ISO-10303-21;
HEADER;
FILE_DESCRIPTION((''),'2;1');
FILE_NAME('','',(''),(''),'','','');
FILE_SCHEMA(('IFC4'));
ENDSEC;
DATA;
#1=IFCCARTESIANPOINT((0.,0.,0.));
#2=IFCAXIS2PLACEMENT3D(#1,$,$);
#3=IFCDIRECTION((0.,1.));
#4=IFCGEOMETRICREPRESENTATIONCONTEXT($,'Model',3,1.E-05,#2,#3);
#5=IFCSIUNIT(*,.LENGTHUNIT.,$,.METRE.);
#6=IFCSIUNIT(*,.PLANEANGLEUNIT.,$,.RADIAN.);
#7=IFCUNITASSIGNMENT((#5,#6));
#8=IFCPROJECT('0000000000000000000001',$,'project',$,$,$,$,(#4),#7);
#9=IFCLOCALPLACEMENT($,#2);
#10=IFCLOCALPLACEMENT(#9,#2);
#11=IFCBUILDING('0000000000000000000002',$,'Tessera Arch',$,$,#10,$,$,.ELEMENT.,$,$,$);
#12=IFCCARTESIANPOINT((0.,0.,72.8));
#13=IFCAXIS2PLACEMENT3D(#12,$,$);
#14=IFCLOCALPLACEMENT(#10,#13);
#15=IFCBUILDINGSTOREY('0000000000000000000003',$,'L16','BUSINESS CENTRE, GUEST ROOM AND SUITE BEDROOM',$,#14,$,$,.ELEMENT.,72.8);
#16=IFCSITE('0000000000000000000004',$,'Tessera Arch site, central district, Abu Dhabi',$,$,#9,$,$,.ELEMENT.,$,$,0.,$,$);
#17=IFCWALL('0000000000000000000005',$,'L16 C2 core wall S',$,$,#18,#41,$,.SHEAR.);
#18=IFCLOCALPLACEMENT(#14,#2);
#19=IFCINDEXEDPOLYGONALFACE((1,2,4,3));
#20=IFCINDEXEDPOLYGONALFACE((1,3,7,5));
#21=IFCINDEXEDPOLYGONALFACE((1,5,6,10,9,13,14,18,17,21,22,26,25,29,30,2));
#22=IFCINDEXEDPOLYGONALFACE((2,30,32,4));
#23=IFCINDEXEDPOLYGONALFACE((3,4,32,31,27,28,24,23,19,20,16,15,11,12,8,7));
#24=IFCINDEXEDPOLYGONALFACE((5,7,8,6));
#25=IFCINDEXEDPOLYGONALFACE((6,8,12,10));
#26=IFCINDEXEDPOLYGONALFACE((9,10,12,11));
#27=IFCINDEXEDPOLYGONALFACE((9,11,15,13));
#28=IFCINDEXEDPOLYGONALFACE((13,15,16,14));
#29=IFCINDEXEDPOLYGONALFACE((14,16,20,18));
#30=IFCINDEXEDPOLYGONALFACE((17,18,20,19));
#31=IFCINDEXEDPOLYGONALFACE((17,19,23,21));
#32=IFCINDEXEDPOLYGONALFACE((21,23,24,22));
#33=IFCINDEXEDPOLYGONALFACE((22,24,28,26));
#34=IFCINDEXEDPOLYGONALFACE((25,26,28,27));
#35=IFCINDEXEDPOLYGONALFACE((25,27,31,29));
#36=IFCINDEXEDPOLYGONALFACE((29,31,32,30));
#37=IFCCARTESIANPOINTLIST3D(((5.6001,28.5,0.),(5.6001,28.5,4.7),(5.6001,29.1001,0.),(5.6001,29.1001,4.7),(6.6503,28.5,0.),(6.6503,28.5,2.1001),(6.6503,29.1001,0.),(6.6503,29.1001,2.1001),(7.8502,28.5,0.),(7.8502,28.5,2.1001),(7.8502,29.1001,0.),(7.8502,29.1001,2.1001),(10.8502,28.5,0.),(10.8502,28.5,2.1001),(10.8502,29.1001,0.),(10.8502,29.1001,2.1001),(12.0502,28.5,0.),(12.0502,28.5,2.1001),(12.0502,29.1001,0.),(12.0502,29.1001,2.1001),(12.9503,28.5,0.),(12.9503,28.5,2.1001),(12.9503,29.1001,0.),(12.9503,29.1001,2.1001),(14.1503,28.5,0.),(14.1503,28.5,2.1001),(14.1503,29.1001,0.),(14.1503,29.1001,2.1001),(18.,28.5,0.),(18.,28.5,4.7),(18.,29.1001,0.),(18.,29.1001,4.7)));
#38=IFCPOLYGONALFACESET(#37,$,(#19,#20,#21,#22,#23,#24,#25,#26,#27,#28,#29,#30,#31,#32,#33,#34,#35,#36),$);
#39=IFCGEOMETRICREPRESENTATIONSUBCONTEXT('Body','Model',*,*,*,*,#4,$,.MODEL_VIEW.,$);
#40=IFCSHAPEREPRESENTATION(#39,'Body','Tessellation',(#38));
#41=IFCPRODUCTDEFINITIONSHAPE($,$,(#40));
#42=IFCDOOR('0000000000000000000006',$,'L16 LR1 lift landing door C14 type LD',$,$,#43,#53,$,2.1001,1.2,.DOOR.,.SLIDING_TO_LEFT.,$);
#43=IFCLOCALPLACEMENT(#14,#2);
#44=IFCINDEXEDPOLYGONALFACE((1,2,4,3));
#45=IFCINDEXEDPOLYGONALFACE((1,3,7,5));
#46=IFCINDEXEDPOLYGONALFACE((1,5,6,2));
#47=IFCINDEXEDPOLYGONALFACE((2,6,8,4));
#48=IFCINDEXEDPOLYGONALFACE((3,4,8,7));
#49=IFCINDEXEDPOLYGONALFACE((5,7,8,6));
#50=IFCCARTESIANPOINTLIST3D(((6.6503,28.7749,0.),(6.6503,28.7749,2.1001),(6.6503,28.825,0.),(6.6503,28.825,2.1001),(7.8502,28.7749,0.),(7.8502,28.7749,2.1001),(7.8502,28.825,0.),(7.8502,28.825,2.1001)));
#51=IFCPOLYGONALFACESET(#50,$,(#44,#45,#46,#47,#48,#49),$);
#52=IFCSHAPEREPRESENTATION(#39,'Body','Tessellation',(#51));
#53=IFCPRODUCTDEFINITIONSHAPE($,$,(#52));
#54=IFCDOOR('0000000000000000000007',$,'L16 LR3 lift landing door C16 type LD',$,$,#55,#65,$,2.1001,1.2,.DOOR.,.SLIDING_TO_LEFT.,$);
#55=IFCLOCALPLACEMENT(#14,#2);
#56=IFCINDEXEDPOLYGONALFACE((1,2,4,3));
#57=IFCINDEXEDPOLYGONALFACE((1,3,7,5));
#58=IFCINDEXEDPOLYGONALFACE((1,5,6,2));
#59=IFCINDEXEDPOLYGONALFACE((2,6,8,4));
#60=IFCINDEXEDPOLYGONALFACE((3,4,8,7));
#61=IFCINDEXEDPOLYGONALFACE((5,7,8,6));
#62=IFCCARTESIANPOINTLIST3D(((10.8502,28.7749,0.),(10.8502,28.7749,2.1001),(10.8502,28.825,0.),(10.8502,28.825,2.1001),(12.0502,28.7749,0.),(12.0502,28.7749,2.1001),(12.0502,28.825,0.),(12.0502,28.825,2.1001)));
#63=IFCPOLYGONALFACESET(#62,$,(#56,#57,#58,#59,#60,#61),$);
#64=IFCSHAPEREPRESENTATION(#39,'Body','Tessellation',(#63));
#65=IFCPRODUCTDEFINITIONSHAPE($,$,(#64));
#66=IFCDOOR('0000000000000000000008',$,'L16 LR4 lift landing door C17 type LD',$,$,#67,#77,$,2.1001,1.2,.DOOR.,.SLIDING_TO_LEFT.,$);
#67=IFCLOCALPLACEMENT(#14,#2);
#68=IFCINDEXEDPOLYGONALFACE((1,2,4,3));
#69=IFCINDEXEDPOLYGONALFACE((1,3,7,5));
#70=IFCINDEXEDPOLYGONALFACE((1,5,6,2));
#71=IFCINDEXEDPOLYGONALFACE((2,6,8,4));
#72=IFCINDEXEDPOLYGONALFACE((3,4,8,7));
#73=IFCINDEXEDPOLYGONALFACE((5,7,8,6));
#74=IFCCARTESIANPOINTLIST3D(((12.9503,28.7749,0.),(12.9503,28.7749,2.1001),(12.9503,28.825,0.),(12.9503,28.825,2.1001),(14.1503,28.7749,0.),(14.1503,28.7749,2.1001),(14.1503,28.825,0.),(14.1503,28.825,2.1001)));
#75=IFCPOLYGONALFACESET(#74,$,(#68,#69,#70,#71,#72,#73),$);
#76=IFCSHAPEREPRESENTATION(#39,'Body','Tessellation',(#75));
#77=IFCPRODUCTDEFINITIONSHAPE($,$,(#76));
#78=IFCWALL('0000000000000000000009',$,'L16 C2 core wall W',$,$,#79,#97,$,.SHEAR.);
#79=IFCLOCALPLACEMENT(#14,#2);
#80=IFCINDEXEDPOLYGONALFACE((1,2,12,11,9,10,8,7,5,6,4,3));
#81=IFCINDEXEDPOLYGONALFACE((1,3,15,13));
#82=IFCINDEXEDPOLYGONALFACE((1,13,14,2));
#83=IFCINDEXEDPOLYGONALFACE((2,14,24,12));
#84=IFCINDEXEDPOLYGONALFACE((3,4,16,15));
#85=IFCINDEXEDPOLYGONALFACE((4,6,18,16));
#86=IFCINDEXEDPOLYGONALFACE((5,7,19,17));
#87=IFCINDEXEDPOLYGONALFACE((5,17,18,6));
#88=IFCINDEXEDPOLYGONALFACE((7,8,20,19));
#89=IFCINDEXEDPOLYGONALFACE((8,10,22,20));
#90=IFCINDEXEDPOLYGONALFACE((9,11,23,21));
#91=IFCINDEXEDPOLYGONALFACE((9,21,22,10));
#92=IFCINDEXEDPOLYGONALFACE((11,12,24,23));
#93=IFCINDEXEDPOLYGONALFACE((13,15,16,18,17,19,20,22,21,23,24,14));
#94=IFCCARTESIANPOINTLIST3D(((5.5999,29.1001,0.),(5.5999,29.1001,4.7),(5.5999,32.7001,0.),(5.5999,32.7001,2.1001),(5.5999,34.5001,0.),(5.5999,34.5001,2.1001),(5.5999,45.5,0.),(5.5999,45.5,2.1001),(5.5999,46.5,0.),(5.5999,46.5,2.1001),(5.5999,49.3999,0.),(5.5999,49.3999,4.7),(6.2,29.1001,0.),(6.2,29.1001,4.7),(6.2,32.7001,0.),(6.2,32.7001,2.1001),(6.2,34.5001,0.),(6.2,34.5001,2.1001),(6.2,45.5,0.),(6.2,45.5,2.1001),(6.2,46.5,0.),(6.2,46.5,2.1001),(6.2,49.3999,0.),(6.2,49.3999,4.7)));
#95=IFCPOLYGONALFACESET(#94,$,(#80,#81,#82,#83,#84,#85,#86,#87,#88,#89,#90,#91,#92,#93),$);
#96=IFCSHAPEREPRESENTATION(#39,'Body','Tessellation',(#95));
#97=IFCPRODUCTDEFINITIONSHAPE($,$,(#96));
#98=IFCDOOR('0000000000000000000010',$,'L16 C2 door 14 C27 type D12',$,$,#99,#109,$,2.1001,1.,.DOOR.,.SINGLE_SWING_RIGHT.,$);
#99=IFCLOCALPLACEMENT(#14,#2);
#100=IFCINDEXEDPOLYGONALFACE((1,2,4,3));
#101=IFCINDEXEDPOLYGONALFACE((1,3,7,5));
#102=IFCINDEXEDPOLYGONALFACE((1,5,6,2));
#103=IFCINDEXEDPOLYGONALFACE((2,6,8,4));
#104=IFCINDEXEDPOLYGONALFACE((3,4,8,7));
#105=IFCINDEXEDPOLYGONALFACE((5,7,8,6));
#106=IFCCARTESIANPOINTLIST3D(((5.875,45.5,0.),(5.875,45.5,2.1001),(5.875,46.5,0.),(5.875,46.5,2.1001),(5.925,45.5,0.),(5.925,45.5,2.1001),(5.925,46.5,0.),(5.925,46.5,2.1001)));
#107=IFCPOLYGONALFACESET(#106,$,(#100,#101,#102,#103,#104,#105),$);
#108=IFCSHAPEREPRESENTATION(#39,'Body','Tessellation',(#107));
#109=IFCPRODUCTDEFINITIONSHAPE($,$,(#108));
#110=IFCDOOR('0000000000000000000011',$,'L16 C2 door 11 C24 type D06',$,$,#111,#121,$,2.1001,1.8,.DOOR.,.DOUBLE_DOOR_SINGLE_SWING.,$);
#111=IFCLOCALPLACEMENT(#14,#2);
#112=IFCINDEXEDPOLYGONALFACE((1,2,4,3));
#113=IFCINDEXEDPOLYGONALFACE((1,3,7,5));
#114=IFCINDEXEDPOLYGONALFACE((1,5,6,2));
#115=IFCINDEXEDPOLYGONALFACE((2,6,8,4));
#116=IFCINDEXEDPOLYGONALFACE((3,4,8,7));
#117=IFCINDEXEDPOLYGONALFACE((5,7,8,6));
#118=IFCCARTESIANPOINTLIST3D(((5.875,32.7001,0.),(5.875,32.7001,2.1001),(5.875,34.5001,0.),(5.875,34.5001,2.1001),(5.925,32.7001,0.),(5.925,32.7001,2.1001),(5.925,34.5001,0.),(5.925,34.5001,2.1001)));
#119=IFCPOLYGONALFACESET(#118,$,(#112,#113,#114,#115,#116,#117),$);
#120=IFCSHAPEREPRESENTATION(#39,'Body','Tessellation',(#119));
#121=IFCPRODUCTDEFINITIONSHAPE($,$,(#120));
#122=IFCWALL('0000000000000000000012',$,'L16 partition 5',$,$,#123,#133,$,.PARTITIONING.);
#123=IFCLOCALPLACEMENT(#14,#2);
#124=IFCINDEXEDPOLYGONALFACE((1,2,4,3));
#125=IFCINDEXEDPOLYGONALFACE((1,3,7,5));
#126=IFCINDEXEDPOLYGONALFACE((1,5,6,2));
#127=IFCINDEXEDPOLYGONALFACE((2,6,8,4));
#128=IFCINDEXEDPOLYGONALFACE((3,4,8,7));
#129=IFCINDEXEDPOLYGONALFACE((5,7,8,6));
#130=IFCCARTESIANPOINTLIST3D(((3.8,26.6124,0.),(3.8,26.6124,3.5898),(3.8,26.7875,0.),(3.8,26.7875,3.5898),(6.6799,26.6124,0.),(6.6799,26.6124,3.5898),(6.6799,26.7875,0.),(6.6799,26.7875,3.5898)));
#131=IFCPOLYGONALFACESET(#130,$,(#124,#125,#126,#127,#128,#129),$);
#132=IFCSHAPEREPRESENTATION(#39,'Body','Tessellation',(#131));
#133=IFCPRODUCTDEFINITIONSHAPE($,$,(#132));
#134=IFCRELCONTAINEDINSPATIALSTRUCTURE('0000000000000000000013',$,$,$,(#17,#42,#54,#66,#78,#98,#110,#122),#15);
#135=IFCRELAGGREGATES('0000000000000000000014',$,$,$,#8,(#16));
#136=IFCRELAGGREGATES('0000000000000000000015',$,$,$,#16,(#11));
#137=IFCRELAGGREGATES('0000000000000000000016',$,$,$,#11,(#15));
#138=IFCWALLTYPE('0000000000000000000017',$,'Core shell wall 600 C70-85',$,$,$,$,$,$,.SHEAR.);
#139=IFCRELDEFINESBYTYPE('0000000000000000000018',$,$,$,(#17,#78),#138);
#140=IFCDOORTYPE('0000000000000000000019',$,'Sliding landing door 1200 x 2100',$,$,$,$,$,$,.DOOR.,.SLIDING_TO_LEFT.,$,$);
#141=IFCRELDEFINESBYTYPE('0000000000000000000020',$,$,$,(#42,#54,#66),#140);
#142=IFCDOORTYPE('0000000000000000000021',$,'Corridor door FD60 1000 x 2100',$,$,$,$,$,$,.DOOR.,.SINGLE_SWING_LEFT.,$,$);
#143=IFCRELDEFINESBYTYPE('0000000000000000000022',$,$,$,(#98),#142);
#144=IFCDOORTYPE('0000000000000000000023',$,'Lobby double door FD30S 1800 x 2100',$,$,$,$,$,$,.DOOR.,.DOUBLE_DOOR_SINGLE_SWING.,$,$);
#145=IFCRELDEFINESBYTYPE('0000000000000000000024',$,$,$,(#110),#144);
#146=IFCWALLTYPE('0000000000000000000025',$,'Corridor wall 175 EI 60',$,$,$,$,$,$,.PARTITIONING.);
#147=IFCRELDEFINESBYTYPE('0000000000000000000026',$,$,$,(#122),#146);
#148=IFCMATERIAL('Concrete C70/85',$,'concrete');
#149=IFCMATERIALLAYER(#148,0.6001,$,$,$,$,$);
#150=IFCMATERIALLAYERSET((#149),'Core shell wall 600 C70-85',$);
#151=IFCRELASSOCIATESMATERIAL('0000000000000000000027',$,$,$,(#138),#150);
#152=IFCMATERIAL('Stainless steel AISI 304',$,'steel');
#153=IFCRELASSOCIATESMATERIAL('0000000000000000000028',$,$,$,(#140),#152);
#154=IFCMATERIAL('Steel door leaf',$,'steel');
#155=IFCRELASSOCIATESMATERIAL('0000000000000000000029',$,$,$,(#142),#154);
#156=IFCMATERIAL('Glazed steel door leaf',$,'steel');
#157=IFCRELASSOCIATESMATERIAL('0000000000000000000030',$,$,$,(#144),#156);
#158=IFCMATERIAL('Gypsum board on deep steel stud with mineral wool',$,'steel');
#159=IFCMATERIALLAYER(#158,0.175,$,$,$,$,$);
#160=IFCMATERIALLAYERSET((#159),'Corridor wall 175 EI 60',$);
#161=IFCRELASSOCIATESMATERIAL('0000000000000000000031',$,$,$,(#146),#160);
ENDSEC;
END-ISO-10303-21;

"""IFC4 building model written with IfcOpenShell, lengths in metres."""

from ifc_helpers import new_model, si_unit, direction, frame, frame_2d, origin, place, context, subcontext, project, spatial, rectangle, extrude, material, layer, layer_set, type_object, element, fill, save


model = new_model("IFC4")

# Units and contexts
model_context = context("Model", 3, precision=1e-05, world=origin(), true_north=direction((0.0, 1.0)))
body_context = subcontext(model_context, "Body", "Model", "MODEL_VIEW")
ifc_project = project(units=[si_unit("LENGTHUNIT", "METRE"), si_unit("PLANEANGLEUNIT", "RADIAN")], contexts=[model_context])

# Site, building, storey
site_placement = place(None, origin())
site = spatial("IfcSite", under=ifc_project, at=site_placement, Name="Tessera Arch site, central district, Abu Dhabi", CompositionType="ELEMENT", RefElevation=0.0)
building_placement = place(site_placement, origin())
building = spatial("IfcBuilding", under=site, at=building_placement, Name="Tessera Arch", CompositionType="ELEMENT")
storey_placement = place(building_placement, frame((0.0, 0.0, 72.8)))
storey = spatial("IfcBuildingStorey", under=building, at=storey_placement, Name="L16", Description="BUSINESS CENTRE, GUEST ROOM AND SUITE BEDROOM", CompositionType="ELEMENT", Elevation=72.8)

# Walls, openings, doors
ifc_material_1 = material(Name="Concrete C70/85", Category="concrete")
ifc_layer_1 = layer(ifc_material_1, 0.6001)
ifc_layer_set_1 = layer_set([ifc_layer_1], Name="Core shell wall 600 C70-85")
wall_type_1 = type_object("IfcWallType", Name="Core shell wall 600 C70-85", PredefinedType="SHEAR", material=ifc_layer_set_1)
wall_1_placement = place(storey_placement, frame((5.6001, 28.8, 0.0), z_axis=(0.0, 0.0, 1.0), x_axis=(1.0, 0.0, 0.0)))
wall_1 = element("IfcWall", 1, at=wall_1_placement, inside=storey, type_object=wall_type_1, Name="L16 C2 core wall S", PredefinedType="SHEAR", context=body_context, shape_type="SweptSolid", body=[
    extrude(rectangle(XDim=12.3999, YDim=0.6001, at=frame_2d((6.2, 0.0))), origin(), (0.0, 0.0, 1.0), 4.7),
])
opening_1_placement = place(wall_1_placement, frame((1.05, 0.0, 0.0)))
opening_1 = element("IfcOpeningElement", 2, at=opening_1_placement, cuts=wall_1, PredefinedType="OPENING", context=body_context, shape_type="SweptSolid", body=[
    extrude(rectangle(XDim=1.2, YDim=2.1001, at=frame_2d((0.6001, 1.05))), frame((0.0, 0.3101, 0.0), z_axis=(0.0, -1.0, 0.0), x_axis=(1.0, 0.0, 0.0)), (0.0, 0.0, 1.0), 0.6201),
])
opening_2_placement = place(wall_1_placement, frame((5.25, 0.0, 0.0)))
opening_2 = element("IfcOpeningElement", 3, at=opening_2_placement, cuts=wall_1, PredefinedType="OPENING", context=body_context, shape_type="SweptSolid", body=[
    extrude(rectangle(XDim=1.2, YDim=2.1001, at=frame_2d((0.6001, 1.05))), frame((0.0, 0.3101, 0.0), z_axis=(0.0, -1.0, 0.0), x_axis=(1.0, 0.0, 0.0)), (0.0, 0.0, 1.0), 0.6201),
])
opening_3_placement = place(wall_1_placement, frame((7.3501, 0.0, 0.0)))
opening_3 = element("IfcOpeningElement", 4, at=opening_3_placement, cuts=wall_1, PredefinedType="OPENING", context=body_context, shape_type="SweptSolid", body=[
    extrude(rectangle(XDim=1.2, YDim=2.1001, at=frame_2d((0.6001, 1.05))), frame((0.0, 0.3101, 0.0), z_axis=(0.0, -1.0, 0.0), x_axis=(1.0, 0.0, 0.0)), (0.0, 0.0, 1.0), 0.6201),
])
ifc_material_2 = material(Name="Stainless steel AISI 304", Category="steel")
door_type_1 = type_object("IfcDoorType", Name="Sliding landing door 1200 x 2100", OperationType="SLIDING_TO_LEFT", PredefinedType="DOOR", material=ifc_material_2)
door_1_placement = place(opening_1_placement, origin())
door_1 = element("IfcDoor", 5, at=door_1_placement, inside=storey, type_object=door_type_1, Name="L16 LR1 lift landing door C14 type LD", OperationType="SLIDING_TO_LEFT", OverallHeight=2.1001, OverallWidth=1.2, PredefinedType="DOOR", context=body_context, shape_type="SweptSolid", body=[
    extrude(rectangle(XDim=1.2, YDim=2.1001, at=frame_2d((0.6001, 1.05))), frame((0.0, 0.0249, 0.0), z_axis=(0.0, -1.0, 0.0), x_axis=(1.0, 0.0, 0.0)), (0.0, 0.0, 1.0), 0.05),
])
fill(opening_1, door_1)
door_2_placement = place(opening_2_placement, origin())
door_2 = element("IfcDoor", 6, at=door_2_placement, inside=storey, type_object=door_type_1, Name="L16 LR3 lift landing door C16 type LD", OperationType="SLIDING_TO_LEFT", OverallHeight=2.1001, OverallWidth=1.2, PredefinedType="DOOR", context=body_context, shape_type="SweptSolid", body=[
    extrude(rectangle(XDim=1.2, YDim=2.1001, at=frame_2d((0.6001, 1.05))), frame((0.0, 0.0249, 0.0), z_axis=(0.0, -1.0, 0.0), x_axis=(1.0, 0.0, 0.0)), (0.0, 0.0, 1.0), 0.05),
])
fill(opening_2, door_2)
door_3_placement = place(opening_3_placement, origin())
door_3 = element("IfcDoor", 7, at=door_3_placement, inside=storey, type_object=door_type_1, Name="L16 LR4 lift landing door C17 type LD", OperationType="SLIDING_TO_LEFT", OverallHeight=2.1001, OverallWidth=1.2, PredefinedType="DOOR", context=body_context, shape_type="SweptSolid", body=[
    extrude(rectangle(XDim=1.2, YDim=2.1001, at=frame_2d((0.6001, 1.05))), frame((0.0, 0.0249, 0.0), z_axis=(0.0, -1.0, 0.0), x_axis=(1.0, 0.0, 0.0)), (0.0, 0.0, 1.0), 0.05),
])
fill(opening_3, door_3)
wall_2_placement = place(storey_placement, frame((5.8999, 29.1001, 0.0), z_axis=(0.0, 0.0, 1.0), x_axis=(0.0, 1.0, 0.0)))
wall_2 = element("IfcWall", 8, at=wall_2_placement, inside=storey, type_object=wall_type_1, Name="L16 C2 core wall W", PredefinedType="SHEAR", context=body_context, shape_type="SweptSolid", body=[
    extrude(rectangle(XDim=20.2998, YDim=0.6001, at=frame_2d((10.1499, 0.0))), origin(), (0.0, 0.0, 1.0), 4.7),
])
opening_4_placement = place(wall_2_placement, frame((3.6001, 0.0, 0.0)))
opening_4 = element("IfcOpeningElement", 9, at=opening_4_placement, cuts=wall_2, PredefinedType="OPENING", context=body_context, shape_type="SweptSolid", body=[
    extrude(rectangle(XDim=1.8, YDim=2.1001, at=frame_2d((0.8999, 1.05))), frame((0.0, 0.3101, 0.0), z_axis=(0.0, -1.0, 0.0), x_axis=(1.0, 0.0, 0.0)), (0.0, 0.0, 1.0), 0.6201),
])
opening_5_placement = place(wall_2_placement, frame((16.3999, 0.0, 0.0)))
opening_5 = element("IfcOpeningElement", 10, at=opening_5_placement, cuts=wall_2, PredefinedType="OPENING", context=body_context, shape_type="SweptSolid", body=[
    extrude(rectangle(XDim=1.0, YDim=2.1001, at=frame_2d((0.5, 1.05))), frame((0.0, 0.3101, 0.0), z_axis=(0.0, -1.0, 0.0), x_axis=(1.0, 0.0, 0.0)), (0.0, 0.0, 1.0), 0.6201),
])
ifc_material_3 = material(Name="Steel door leaf", Category="steel")
door_type_2 = type_object("IfcDoorType", Name="Corridor door FD60 1000 x 2100", OperationType="SINGLE_SWING_LEFT", PredefinedType="DOOR", material=ifc_material_3)
door_4_placement = place(opening_5_placement, origin())
door_4 = element("IfcDoor", 11, at=door_4_placement, inside=storey, type_object=door_type_2, Name="L16 C2 door 14 C27 type D12", OperationType="SINGLE_SWING_RIGHT", OverallHeight=2.1001, OverallWidth=1.0, PredefinedType="DOOR", context=body_context, shape_type="SweptSolid", body=[
    extrude(rectangle(XDim=1.0, YDim=2.1001, at=frame_2d((0.5, 1.05))), frame((0.0, 0.0249, 0.0), z_axis=(0.0, -1.0, 0.0), x_axis=(1.0, 0.0, 0.0)), (0.0, 0.0, 1.0), 0.05),
])
fill(opening_5, door_4)
ifc_material_4 = material(Name="Glazed steel door leaf", Category="steel")
door_type_3 = type_object("IfcDoorType", Name="Lobby double door FD30S 1800 x 2100", OperationType="DOUBLE_DOOR_SINGLE_SWING", PredefinedType="DOOR", material=ifc_material_4)
door_5_placement = place(opening_4_placement, origin())
door_5 = element("IfcDoor", 12, at=door_5_placement, inside=storey, type_object=door_type_3, Name="L16 C2 door 11 C24 type D06", OperationType="DOUBLE_DOOR_SINGLE_SWING", OverallHeight=2.1001, OverallWidth=1.8, PredefinedType="DOOR", context=body_context, shape_type="SweptSolid", body=[
    extrude(rectangle(XDim=1.8, YDim=2.1001, at=frame_2d((0.8999, 1.05))), frame((0.0, 0.0249, 0.0), z_axis=(0.0, -1.0, 0.0), x_axis=(1.0, 0.0, 0.0)), (0.0, 0.0, 1.0), 0.05),
])
fill(opening_4, door_5)

# Wall
ifc_material_5 = material(Name="Gypsum board on deep steel stud with mineral wool", Category="steel")
ifc_layer_2 = layer(ifc_material_5, 0.175)
ifc_layer_set_2 = layer_set([ifc_layer_2], Name="Corridor wall 175 EI 60")
wall_type_2 = type_object("IfcWallType", Name="Corridor wall 175 EI 60", PredefinedType="PARTITIONING", material=ifc_layer_set_2)
wall_3_placement = place(storey_placement, frame((3.8, 26.7, 0.0), z_axis=(0.0, 0.0, 1.0), x_axis=(1.0, 0.0, 0.0)))
element("IfcWall", 13, at=wall_3_placement, inside=storey, type_object=wall_type_2, Name="L16 partition 5", PredefinedType="PARTITIONING", context=body_context, shape_type="SweptSolid", body=[
    extrude(rectangle(XDim=2.8799, YDim=0.175, at=frame_2d((1.4399, 0.0))), origin(), (0.0, 0.0, 1.0), 3.5898),
])

save(model, "model.ifc")
